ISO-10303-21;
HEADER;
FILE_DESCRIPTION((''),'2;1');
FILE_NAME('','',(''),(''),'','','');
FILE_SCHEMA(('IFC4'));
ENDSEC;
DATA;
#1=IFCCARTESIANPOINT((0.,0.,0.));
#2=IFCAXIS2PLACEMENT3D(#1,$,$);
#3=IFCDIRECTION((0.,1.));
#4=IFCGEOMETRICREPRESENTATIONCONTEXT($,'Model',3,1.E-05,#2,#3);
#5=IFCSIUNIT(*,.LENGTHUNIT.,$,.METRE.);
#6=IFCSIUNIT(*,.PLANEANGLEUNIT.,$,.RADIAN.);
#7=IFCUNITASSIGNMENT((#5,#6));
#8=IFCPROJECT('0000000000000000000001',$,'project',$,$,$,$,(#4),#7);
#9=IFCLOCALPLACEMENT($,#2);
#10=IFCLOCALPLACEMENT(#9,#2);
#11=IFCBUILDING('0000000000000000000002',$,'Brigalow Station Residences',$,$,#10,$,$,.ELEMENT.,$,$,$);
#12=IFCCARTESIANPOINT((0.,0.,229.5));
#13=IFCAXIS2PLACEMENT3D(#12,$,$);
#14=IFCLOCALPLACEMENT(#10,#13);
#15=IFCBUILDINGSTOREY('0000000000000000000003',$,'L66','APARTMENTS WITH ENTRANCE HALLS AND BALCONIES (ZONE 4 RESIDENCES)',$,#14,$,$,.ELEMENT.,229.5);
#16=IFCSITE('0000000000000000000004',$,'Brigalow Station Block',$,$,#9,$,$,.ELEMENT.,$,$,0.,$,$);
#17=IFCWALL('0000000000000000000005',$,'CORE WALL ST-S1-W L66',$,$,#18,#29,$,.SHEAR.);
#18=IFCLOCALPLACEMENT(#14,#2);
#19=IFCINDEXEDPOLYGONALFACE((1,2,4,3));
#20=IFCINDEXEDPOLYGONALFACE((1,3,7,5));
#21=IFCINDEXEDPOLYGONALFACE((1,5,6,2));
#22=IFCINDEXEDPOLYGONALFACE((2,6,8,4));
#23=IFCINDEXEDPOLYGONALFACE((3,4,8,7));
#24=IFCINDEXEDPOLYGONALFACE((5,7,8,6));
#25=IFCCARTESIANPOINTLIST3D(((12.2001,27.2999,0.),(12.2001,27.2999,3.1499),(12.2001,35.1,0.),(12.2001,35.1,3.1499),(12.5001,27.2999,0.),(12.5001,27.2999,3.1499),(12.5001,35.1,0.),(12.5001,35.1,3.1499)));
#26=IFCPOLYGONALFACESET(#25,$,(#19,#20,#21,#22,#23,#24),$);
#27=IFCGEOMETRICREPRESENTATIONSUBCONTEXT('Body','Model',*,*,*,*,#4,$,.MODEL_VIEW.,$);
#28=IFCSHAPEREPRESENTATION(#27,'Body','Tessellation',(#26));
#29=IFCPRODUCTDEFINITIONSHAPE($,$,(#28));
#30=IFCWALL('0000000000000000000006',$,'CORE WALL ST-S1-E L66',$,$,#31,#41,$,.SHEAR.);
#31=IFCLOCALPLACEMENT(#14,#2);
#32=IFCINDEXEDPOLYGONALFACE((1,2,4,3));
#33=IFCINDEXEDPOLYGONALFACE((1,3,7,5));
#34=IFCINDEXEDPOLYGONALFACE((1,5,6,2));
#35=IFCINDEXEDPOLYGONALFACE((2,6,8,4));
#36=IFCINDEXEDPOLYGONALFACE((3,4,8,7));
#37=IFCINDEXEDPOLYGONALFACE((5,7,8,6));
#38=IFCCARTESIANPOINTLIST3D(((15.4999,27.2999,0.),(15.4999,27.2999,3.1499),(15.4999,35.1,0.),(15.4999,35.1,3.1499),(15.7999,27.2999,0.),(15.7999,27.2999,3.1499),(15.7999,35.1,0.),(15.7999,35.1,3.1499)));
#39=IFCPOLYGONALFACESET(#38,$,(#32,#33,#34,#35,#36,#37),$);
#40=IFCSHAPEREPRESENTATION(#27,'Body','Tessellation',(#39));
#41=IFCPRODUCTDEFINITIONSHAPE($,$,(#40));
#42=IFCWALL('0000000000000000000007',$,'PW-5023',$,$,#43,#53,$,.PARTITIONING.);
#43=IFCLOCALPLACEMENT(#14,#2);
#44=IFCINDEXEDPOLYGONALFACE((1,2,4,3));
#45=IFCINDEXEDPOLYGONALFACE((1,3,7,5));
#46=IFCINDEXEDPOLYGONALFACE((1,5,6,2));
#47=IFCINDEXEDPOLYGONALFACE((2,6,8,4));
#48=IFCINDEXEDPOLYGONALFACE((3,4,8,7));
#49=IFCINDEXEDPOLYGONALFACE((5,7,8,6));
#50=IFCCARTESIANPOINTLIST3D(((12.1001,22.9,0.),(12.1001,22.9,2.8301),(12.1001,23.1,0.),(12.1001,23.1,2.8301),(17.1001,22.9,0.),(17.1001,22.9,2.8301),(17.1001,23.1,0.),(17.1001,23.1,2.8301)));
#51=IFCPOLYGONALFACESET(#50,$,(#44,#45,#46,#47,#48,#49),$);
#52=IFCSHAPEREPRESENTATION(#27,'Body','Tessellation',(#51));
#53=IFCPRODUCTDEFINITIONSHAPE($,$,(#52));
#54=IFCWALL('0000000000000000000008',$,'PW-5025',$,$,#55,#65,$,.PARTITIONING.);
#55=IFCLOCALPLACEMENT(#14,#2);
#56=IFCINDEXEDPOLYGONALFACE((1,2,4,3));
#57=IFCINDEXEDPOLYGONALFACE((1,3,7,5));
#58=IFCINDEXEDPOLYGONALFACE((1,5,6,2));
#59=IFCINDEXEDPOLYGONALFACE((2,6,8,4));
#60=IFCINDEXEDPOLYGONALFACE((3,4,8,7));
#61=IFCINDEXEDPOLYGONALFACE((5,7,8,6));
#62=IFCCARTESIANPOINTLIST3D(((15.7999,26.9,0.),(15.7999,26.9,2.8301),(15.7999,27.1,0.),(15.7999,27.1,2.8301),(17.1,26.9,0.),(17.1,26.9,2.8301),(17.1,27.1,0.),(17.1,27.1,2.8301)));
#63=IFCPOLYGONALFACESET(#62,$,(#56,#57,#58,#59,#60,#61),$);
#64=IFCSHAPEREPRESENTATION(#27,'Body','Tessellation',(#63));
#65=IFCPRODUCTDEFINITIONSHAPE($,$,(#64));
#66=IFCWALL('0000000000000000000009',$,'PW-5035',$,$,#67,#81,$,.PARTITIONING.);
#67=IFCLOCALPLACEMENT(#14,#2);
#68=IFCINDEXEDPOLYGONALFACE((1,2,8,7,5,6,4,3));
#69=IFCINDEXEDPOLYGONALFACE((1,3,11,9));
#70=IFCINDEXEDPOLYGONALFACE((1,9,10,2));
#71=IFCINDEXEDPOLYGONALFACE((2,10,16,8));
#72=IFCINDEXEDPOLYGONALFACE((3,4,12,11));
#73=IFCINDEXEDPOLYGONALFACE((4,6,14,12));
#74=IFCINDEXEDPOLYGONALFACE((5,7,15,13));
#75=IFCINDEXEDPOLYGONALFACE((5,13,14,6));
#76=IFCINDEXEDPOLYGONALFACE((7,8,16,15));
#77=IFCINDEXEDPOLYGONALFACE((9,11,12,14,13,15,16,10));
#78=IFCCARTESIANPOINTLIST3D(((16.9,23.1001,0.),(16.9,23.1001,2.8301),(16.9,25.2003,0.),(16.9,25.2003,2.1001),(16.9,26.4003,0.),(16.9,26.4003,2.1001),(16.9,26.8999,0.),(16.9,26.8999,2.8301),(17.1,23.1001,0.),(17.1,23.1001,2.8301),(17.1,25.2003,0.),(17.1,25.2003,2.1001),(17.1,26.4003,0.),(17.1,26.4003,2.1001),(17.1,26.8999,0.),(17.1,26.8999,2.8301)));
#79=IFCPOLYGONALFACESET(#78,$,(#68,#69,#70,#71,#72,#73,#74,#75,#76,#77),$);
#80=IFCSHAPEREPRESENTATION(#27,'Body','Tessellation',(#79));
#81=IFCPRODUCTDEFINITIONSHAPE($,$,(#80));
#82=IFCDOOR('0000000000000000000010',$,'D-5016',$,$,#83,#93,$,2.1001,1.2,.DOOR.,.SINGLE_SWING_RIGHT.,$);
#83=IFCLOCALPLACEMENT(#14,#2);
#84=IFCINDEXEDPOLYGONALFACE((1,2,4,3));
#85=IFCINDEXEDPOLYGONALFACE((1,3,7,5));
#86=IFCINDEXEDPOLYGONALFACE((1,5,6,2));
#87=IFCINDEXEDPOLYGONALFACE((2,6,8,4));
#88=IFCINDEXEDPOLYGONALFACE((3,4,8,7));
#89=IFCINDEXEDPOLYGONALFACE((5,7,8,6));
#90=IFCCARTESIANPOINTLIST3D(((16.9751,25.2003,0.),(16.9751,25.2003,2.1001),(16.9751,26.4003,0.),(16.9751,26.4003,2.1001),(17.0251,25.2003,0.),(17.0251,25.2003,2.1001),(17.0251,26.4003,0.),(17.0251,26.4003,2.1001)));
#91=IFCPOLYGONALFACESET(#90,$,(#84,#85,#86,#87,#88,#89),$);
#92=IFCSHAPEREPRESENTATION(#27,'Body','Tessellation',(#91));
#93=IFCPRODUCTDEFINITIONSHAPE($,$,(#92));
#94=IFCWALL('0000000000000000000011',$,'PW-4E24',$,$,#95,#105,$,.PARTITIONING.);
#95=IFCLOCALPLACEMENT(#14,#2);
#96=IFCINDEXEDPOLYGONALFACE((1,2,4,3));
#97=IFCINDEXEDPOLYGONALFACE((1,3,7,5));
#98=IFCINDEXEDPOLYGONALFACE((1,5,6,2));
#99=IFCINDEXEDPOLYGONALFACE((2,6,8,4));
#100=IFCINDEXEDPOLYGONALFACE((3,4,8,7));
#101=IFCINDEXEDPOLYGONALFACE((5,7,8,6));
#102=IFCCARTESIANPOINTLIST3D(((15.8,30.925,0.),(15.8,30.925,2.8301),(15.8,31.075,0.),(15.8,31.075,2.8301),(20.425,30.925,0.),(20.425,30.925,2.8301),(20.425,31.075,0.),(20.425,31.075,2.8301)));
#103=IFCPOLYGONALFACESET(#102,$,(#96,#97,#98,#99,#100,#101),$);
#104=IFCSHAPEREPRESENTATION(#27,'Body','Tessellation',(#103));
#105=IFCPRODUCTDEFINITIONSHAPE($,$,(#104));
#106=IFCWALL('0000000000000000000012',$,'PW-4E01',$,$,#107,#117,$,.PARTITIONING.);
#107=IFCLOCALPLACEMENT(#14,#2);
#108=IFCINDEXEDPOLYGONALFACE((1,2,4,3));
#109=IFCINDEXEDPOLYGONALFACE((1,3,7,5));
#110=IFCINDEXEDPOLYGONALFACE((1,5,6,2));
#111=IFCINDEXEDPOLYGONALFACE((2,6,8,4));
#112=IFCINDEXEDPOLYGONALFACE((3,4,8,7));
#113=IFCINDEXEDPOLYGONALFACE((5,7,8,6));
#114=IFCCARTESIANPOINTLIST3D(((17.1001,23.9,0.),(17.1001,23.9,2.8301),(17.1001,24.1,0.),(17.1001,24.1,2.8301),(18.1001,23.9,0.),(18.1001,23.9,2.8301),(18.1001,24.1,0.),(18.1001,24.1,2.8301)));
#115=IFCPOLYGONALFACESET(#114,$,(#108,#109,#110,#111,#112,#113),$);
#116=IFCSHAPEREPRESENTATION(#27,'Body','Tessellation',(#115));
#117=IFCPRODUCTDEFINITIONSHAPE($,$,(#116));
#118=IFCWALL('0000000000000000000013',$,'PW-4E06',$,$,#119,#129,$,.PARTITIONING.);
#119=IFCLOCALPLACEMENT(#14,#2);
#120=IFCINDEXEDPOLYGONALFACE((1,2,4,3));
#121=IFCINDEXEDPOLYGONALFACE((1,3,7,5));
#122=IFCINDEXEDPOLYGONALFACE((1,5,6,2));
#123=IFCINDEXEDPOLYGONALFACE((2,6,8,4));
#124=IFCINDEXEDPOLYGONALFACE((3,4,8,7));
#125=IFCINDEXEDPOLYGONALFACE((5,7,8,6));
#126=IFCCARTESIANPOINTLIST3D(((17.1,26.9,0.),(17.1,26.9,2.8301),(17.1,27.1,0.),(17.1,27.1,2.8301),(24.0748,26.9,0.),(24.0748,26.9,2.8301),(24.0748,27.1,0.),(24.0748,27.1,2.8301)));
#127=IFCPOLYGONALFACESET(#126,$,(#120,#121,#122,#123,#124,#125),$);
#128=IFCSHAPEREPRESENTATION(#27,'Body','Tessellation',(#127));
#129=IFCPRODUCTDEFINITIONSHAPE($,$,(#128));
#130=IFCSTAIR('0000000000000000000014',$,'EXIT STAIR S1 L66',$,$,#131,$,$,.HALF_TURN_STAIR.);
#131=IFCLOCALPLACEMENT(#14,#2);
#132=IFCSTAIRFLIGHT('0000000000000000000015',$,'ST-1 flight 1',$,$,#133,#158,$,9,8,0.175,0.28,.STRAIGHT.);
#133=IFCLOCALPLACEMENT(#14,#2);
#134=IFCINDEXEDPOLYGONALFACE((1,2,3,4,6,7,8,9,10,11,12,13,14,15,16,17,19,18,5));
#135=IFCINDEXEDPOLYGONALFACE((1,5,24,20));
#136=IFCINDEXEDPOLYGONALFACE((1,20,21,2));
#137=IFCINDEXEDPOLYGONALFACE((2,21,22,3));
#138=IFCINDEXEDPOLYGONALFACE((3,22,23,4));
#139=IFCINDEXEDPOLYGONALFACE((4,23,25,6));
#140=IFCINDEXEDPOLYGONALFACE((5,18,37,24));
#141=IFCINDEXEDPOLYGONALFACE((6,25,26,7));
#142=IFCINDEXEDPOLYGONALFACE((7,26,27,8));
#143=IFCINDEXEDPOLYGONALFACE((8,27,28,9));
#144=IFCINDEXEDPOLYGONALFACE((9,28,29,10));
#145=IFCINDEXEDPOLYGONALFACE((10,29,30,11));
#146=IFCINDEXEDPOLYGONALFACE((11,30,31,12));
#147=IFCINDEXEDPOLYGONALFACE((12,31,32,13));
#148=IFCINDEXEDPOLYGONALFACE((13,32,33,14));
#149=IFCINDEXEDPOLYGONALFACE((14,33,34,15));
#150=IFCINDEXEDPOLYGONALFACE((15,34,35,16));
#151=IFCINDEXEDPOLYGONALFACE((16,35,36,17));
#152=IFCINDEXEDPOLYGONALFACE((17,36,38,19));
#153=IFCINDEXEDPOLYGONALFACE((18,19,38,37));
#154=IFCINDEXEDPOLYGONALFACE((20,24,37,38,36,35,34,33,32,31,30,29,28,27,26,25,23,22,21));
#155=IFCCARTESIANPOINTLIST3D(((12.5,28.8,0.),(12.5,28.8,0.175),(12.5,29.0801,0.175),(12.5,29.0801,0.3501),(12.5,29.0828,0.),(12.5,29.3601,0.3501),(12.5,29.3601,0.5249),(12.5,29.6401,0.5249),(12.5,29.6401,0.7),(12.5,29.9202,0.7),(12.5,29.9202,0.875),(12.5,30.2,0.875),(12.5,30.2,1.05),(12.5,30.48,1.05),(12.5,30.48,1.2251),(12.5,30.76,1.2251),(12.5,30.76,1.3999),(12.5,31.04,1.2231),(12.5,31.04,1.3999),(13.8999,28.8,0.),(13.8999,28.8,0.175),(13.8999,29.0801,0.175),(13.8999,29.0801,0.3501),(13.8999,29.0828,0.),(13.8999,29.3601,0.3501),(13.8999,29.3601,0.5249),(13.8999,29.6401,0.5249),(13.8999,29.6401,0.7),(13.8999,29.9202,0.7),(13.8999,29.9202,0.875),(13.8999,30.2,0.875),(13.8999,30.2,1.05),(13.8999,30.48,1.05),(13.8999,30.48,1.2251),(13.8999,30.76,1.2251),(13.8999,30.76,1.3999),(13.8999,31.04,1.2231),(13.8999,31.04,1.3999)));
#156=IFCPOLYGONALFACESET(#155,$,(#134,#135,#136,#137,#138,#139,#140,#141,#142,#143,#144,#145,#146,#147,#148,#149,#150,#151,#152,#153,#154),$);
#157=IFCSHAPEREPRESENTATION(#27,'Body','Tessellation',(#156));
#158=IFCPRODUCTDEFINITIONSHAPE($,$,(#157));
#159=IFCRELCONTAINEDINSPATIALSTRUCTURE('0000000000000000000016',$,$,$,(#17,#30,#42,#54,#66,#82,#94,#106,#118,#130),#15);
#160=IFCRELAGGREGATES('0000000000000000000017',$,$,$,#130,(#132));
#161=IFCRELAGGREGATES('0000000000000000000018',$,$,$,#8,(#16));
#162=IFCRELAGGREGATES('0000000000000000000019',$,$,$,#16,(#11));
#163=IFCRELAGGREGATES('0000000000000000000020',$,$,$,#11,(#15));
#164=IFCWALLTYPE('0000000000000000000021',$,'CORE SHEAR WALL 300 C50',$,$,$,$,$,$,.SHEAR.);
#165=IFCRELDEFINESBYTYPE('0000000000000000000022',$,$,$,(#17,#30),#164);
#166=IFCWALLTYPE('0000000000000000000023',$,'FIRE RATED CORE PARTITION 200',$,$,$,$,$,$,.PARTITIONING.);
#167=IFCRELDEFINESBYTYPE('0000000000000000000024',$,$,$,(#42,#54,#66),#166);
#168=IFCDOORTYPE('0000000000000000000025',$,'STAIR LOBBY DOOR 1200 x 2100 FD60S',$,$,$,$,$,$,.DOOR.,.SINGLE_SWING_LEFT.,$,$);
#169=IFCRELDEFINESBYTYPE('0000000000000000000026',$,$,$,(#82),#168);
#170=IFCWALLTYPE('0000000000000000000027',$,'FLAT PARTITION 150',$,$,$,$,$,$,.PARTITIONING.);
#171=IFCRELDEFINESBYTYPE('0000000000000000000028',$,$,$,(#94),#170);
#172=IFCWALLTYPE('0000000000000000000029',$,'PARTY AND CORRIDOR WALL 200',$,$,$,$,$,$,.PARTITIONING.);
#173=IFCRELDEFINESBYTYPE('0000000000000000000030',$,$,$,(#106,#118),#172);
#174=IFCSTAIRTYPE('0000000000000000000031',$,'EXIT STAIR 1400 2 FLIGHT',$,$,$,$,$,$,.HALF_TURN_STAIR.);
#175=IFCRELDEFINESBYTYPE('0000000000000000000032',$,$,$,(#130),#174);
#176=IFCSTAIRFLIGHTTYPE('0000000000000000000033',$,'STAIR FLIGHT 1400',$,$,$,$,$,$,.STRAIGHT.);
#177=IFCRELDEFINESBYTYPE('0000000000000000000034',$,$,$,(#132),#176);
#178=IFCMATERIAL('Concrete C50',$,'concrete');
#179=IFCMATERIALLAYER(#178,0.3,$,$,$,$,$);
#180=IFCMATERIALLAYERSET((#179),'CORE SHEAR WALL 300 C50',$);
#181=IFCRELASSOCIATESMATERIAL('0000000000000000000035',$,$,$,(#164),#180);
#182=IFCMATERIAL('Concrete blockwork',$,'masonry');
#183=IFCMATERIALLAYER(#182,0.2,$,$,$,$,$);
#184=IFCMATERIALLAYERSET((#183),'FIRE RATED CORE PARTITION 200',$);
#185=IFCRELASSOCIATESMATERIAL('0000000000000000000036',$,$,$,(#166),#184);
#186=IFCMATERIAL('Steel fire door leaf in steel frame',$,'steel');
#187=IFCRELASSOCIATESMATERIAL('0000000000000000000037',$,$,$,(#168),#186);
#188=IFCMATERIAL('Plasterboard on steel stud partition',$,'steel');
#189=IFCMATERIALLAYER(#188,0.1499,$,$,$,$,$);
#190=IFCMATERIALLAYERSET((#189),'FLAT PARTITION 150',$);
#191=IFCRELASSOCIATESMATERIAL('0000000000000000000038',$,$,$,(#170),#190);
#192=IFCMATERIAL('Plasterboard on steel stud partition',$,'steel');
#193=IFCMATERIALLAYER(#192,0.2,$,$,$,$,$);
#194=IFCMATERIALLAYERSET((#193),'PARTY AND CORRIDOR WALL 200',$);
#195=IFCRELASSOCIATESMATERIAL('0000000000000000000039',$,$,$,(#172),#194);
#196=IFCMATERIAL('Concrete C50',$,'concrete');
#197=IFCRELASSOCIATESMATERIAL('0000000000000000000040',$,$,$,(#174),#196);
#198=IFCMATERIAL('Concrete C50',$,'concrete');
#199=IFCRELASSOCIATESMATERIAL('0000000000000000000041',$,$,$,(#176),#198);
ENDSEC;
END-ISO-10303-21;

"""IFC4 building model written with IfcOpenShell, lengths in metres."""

from ifc_helpers import new_model, si_unit, direction, frame, frame_2d, origin, place, context, subcontext, project, spatial, polyline, rectangle, outline, extrude, material, layer, layer_set, type_object, element, fill, aggregate, save


model = new_model("IFC4")

# Units and contexts
model_context = context("Model", 3, precision=1e-05, world=origin(), true_north=direction((0.0, 1.0)))
body_context = subcontext(model_context, "Body", "Model", "MODEL_VIEW")
ifc_project = project(units=[si_unit("LENGTHUNIT", "METRE"), si_unit("PLANEANGLEUNIT", "RADIAN")], contexts=[model_context])

# Site, building, storey
site_placement = place(None, origin())
site = spatial("IfcSite", under=ifc_project, at=site_placement, Name="Brigalow Station Block", CompositionType="ELEMENT", RefElevation=0.0)
building_placement = place(site_placement, origin())
building = spatial("IfcBuilding", under=site, at=building_placement, Name="Brigalow Station Residences", CompositionType="ELEMENT")
storey_placement = place(building_placement, frame((0.0, 0.0, 229.5)))
storey = spatial("IfcBuildingStorey", under=building, at=storey_placement, Name="L66", Description="APARTMENTS WITH ENTRANCE HALLS AND BALCONIES (ZONE 4 RESIDENCES)", CompositionType="ELEMENT", Elevation=229.5)

# Shared definitions
ifc_material_1 = material(Name="Concrete C50", Category="concrete")
ifc_layer_1 = layer(ifc_material_1, 0.3)
ifc_layer_set_1 = layer_set([ifc_layer_1], Name="CORE SHEAR WALL 300 C50")
wall_type_1 = type_object("IfcWallType", Name="CORE SHEAR WALL 300 C50", PredefinedType="SHEAR", material=ifc_layer_set_1)

# Walls
for number, where, z_axis, x_axis, name in (
    (1, (12.3501, 27.3, 0.0), (0.0, 0.0, 1.0), (0.0, 1.0, 0.0), "CORE WALL ST-S1-W L66"),
    (2, (15.6499, 27.3, 0.0), (0.0, 0.0, 1.0), (0.0, 1.0, 0.0), "CORE WALL ST-S1-E L66"),
):
    element("IfcWall", number, at=place(storey_placement, frame(where, z_axis=z_axis, x_axis=x_axis)), inside=storey, type_object=wall_type_1, Name=name, PredefinedType="SHEAR", context=body_context, shape_type="SweptSolid", body=[
        extrude(rectangle(XDim=7.8, YDim=0.3, at=frame_2d((3.8999, 0.0))), origin(), (0.0, 0.0, 1.0), 3.1499),
    ])
ifc_material_2 = material(Name="Concrete blockwork", Category="masonry")
ifc_layer_2 = layer(ifc_material_2, 0.2)
ifc_layer_set_2 = layer_set([ifc_layer_2], Name="FIRE RATED CORE PARTITION 200")
wall_type_2 = type_object("IfcWallType", Name="FIRE RATED CORE PARTITION 200", PredefinedType="PARTITIONING", material=ifc_layer_set_2)
wall_1_placement = place(storey_placement, frame((12.1001, 23.0, 0.0), z_axis=(0.0, 0.0, 1.0), x_axis=(1.0, 0.0, 0.0)))
element("IfcWall", 3, at=wall_1_placement, inside=storey, type_object=wall_type_2, Name="PW-5023", PredefinedType="PARTITIONING", context=body_context, shape_type="SweptSolid", body=[
    extrude(rectangle(XDim=5.0, YDim=0.2, at=frame_2d((2.5, 0.0))), origin(), (0.0, 0.0, 1.0), 2.8301),
])
wall_2_placement = place(storey_placement, frame((15.8, 27.0, 0.0), z_axis=(0.0, 0.0, 1.0), x_axis=(1.0, 0.0, 0.0)))
element("IfcWall", 4, at=wall_2_placement, inside=storey, type_object=wall_type_2, Name="PW-5025", PredefinedType="PARTITIONING", context=body_context, shape_type="SweptSolid", body=[
    extrude(rectangle(XDim=1.3, YDim=0.2, at=frame_2d((0.6499, 0.0))), origin(), (0.0, 0.0, 1.0), 2.8301),
])

# Wall, opening, door
wall_3_placement = place(storey_placement, frame((17.0, 23.1001, 0.0), z_axis=(0.0, 0.0, 1.0), x_axis=(0.0, 1.0, 0.0)))
wall_3 = element("IfcWall", 5, at=wall_3_placement, inside=storey, type_object=wall_type_2, Name="PW-5035", PredefinedType="PARTITIONING", context=body_context, shape_type="SweptSolid", body=[
    extrude(rectangle(XDim=3.7998, YDim=0.2, at=frame_2d((1.8999, 0.0))), origin(), (0.0, 0.0, 1.0), 2.8301),
])
opening_1_placement = place(wall_3_placement, frame((2.1001, 0.0, 0.0)))
opening_1 = element("IfcOpeningElement", 6, at=opening_1_placement, cuts=wall_3, PredefinedType="OPENING", context=body_context, shape_type="SweptSolid", body=[
    extrude(rectangle(XDim=1.2, YDim=2.1001, at=frame_2d((0.6001, 1.05))), frame((0.0, 0.1099, 0.0), z_axis=(0.0, -1.0, 0.0), x_axis=(1.0, 0.0, 0.0)), (0.0, 0.0, 1.0), 0.22),
])
ifc_material_3 = material(Name="Steel fire door leaf in steel frame", Category="steel")
door_type_1 = type_object("IfcDoorType", Name="STAIR LOBBY DOOR 1200 x 2100 FD60S", OperationType="SINGLE_SWING_LEFT", PredefinedType="DOOR", material=ifc_material_3)
door_1_placement = place(opening_1_placement, origin())
door_1 = element("IfcDoor", 7, at=door_1_placement, inside=storey, type_object=door_type_1, Name="D-5016", OperationType="SINGLE_SWING_RIGHT", OverallHeight=2.1001, OverallWidth=1.2, PredefinedType="DOOR", context=body_context, shape_type="SweptSolid", body=[
    extrude(rectangle(XDim=1.2, YDim=2.1001, at=frame_2d((0.6001, 1.05))), frame((0.0, 0.0249, 0.0), z_axis=(0.0, -1.0, 0.0), x_axis=(1.0, 0.0, 0.0)), (0.0, 0.0, 1.0), 0.05),
])
fill(opening_1, door_1)

# Walls
ifc_material_4 = material(Name="Plasterboard on steel stud partition", Category="steel")
ifc_layer_3 = layer(ifc_material_4, 0.1499)
ifc_layer_set_3 = layer_set([ifc_layer_3], Name="FLAT PARTITION 150")
wall_type_3 = type_object("IfcWallType", Name="FLAT PARTITION 150", PredefinedType="PARTITIONING", material=ifc_layer_set_3)
wall_4_placement = place(storey_placement, frame((15.8, 31.0, 0.0), z_axis=(0.0, 0.0, 1.0), x_axis=(1.0, 0.0, 0.0)))
element("IfcWall", 8, at=wall_4_placement, inside=storey, type_object=wall_type_3, Name="PW-4E24", PredefinedType="PARTITIONING", context=body_context, shape_type="SweptSolid", body=[
    extrude(rectangle(XDim=4.625, YDim=0.1499, at=frame_2d((2.3125, 0.0))), origin(), (0.0, 0.0, 1.0), 2.8301),
])
ifc_material_5 = material(Name="Plasterboard on steel stud partition", Category="steel")
ifc_layer_4 = layer(ifc_material_5, 0.2)
ifc_layer_set_4 = layer_set([ifc_layer_4], Name="PARTY AND CORRIDOR WALL 200")
wall_type_4 = type_object("IfcWallType", Name="PARTY AND CORRIDOR WALL 200", PredefinedType="PARTITIONING", material=ifc_layer_set_4)
wall_5_placement = place(storey_placement, frame((17.1001, 24.0, 0.0), z_axis=(0.0, 0.0, 1.0), x_axis=(1.0, 0.0, 0.0)))
element("IfcWall", 9, at=wall_5_placement, inside=storey, type_object=wall_type_4, Name="PW-4E01", PredefinedType="PARTITIONING", context=body_context, shape_type="SweptSolid", body=[
    extrude(rectangle(XDim=1.0, YDim=0.2, at=frame_2d((0.5, 0.0))), origin(), (0.0, 0.0, 1.0), 2.8301),
])
wall_6_placement = place(storey_placement, frame((17.1001, 27.0, 0.0), z_axis=(0.0, 0.0, 1.0), x_axis=(1.0, 0.0, 0.0)))
element("IfcWall", 10, at=wall_6_placement, inside=storey, type_object=wall_type_4, Name="PW-4E06", PredefinedType="PARTITIONING", context=body_context, shape_type="SweptSolid", body=[
    extrude(rectangle(XDim=6.9749, YDim=0.2, at=frame_2d((3.4873, 0.0))), origin(), (0.0, 0.0, 1.0), 2.8301),
])

# Stair, stair flight
ifc_material_6 = material(Name="Concrete C50", Category="concrete")
stair_type = type_object("IfcStairType", Name="EXIT STAIR 1400 2 FLIGHT", PredefinedType="HALF_TURN_STAIR", material=ifc_material_6)
stair_placement = place(storey_placement, origin())
stair = element("IfcStair", 11, at=stair_placement, inside=storey, type_object=stair_type, Name="EXIT STAIR S1 L66", PredefinedType="HALF_TURN_STAIR")
ifc_material_7 = material(Name="Concrete C50", Category="concrete")
stair_flight_type = type_object("IfcStairFlightType", Name="STAIR FLIGHT 1400", PredefinedType="STRAIGHT", material=ifc_material_7)
stair_flight_placement = place(storey_placement, frame((13.2, 28.8, 0.0), z_axis=(0.0, 0.0, 1.0), x_axis=(0.0, 1.0, 0.0)))
stair_flight = element("IfcStairFlight", 12, at=stair_flight_placement, type_object=stair_flight_type, Name="ST-1 flight 1", NumberOfRisers=9, NumberOfTreads=8, PredefinedType="STRAIGHT", RiserHeight=0.175, TreadLength=0.28, context=body_context, shape_type="SweptSolid", body=[
    extrude(outline(polyline([(0.0, 0.0), (0.0, 0.175), (0.28, 0.175), (0.28, 0.3501), (0.5601, 0.3501), (0.5601, 0.5249), (0.8401, 0.5249), (0.8401, 0.7), (1.1201, 0.7), (1.1201, 0.875), (1.3999, 0.875), (1.3999, 1.05), (1.6799, 1.05), (1.6799, 1.2251), (1.96, 1.2251), (1.96, 1.3999), (2.24, 1.3999), (2.24, 1.575), (2.24, 1.2231), (0.2827, 0.0), (0.0, 0.0)])), frame((0.0, 0.7, 0.0), z_axis=(0.0, -1.0, 0.0), x_axis=(1.0, 0.0, 0.0)), (0.0, 0.0, 1.0), 1.3999),
])
aggregate(stair, [stair_flight])

save(model, "model.ifc")
